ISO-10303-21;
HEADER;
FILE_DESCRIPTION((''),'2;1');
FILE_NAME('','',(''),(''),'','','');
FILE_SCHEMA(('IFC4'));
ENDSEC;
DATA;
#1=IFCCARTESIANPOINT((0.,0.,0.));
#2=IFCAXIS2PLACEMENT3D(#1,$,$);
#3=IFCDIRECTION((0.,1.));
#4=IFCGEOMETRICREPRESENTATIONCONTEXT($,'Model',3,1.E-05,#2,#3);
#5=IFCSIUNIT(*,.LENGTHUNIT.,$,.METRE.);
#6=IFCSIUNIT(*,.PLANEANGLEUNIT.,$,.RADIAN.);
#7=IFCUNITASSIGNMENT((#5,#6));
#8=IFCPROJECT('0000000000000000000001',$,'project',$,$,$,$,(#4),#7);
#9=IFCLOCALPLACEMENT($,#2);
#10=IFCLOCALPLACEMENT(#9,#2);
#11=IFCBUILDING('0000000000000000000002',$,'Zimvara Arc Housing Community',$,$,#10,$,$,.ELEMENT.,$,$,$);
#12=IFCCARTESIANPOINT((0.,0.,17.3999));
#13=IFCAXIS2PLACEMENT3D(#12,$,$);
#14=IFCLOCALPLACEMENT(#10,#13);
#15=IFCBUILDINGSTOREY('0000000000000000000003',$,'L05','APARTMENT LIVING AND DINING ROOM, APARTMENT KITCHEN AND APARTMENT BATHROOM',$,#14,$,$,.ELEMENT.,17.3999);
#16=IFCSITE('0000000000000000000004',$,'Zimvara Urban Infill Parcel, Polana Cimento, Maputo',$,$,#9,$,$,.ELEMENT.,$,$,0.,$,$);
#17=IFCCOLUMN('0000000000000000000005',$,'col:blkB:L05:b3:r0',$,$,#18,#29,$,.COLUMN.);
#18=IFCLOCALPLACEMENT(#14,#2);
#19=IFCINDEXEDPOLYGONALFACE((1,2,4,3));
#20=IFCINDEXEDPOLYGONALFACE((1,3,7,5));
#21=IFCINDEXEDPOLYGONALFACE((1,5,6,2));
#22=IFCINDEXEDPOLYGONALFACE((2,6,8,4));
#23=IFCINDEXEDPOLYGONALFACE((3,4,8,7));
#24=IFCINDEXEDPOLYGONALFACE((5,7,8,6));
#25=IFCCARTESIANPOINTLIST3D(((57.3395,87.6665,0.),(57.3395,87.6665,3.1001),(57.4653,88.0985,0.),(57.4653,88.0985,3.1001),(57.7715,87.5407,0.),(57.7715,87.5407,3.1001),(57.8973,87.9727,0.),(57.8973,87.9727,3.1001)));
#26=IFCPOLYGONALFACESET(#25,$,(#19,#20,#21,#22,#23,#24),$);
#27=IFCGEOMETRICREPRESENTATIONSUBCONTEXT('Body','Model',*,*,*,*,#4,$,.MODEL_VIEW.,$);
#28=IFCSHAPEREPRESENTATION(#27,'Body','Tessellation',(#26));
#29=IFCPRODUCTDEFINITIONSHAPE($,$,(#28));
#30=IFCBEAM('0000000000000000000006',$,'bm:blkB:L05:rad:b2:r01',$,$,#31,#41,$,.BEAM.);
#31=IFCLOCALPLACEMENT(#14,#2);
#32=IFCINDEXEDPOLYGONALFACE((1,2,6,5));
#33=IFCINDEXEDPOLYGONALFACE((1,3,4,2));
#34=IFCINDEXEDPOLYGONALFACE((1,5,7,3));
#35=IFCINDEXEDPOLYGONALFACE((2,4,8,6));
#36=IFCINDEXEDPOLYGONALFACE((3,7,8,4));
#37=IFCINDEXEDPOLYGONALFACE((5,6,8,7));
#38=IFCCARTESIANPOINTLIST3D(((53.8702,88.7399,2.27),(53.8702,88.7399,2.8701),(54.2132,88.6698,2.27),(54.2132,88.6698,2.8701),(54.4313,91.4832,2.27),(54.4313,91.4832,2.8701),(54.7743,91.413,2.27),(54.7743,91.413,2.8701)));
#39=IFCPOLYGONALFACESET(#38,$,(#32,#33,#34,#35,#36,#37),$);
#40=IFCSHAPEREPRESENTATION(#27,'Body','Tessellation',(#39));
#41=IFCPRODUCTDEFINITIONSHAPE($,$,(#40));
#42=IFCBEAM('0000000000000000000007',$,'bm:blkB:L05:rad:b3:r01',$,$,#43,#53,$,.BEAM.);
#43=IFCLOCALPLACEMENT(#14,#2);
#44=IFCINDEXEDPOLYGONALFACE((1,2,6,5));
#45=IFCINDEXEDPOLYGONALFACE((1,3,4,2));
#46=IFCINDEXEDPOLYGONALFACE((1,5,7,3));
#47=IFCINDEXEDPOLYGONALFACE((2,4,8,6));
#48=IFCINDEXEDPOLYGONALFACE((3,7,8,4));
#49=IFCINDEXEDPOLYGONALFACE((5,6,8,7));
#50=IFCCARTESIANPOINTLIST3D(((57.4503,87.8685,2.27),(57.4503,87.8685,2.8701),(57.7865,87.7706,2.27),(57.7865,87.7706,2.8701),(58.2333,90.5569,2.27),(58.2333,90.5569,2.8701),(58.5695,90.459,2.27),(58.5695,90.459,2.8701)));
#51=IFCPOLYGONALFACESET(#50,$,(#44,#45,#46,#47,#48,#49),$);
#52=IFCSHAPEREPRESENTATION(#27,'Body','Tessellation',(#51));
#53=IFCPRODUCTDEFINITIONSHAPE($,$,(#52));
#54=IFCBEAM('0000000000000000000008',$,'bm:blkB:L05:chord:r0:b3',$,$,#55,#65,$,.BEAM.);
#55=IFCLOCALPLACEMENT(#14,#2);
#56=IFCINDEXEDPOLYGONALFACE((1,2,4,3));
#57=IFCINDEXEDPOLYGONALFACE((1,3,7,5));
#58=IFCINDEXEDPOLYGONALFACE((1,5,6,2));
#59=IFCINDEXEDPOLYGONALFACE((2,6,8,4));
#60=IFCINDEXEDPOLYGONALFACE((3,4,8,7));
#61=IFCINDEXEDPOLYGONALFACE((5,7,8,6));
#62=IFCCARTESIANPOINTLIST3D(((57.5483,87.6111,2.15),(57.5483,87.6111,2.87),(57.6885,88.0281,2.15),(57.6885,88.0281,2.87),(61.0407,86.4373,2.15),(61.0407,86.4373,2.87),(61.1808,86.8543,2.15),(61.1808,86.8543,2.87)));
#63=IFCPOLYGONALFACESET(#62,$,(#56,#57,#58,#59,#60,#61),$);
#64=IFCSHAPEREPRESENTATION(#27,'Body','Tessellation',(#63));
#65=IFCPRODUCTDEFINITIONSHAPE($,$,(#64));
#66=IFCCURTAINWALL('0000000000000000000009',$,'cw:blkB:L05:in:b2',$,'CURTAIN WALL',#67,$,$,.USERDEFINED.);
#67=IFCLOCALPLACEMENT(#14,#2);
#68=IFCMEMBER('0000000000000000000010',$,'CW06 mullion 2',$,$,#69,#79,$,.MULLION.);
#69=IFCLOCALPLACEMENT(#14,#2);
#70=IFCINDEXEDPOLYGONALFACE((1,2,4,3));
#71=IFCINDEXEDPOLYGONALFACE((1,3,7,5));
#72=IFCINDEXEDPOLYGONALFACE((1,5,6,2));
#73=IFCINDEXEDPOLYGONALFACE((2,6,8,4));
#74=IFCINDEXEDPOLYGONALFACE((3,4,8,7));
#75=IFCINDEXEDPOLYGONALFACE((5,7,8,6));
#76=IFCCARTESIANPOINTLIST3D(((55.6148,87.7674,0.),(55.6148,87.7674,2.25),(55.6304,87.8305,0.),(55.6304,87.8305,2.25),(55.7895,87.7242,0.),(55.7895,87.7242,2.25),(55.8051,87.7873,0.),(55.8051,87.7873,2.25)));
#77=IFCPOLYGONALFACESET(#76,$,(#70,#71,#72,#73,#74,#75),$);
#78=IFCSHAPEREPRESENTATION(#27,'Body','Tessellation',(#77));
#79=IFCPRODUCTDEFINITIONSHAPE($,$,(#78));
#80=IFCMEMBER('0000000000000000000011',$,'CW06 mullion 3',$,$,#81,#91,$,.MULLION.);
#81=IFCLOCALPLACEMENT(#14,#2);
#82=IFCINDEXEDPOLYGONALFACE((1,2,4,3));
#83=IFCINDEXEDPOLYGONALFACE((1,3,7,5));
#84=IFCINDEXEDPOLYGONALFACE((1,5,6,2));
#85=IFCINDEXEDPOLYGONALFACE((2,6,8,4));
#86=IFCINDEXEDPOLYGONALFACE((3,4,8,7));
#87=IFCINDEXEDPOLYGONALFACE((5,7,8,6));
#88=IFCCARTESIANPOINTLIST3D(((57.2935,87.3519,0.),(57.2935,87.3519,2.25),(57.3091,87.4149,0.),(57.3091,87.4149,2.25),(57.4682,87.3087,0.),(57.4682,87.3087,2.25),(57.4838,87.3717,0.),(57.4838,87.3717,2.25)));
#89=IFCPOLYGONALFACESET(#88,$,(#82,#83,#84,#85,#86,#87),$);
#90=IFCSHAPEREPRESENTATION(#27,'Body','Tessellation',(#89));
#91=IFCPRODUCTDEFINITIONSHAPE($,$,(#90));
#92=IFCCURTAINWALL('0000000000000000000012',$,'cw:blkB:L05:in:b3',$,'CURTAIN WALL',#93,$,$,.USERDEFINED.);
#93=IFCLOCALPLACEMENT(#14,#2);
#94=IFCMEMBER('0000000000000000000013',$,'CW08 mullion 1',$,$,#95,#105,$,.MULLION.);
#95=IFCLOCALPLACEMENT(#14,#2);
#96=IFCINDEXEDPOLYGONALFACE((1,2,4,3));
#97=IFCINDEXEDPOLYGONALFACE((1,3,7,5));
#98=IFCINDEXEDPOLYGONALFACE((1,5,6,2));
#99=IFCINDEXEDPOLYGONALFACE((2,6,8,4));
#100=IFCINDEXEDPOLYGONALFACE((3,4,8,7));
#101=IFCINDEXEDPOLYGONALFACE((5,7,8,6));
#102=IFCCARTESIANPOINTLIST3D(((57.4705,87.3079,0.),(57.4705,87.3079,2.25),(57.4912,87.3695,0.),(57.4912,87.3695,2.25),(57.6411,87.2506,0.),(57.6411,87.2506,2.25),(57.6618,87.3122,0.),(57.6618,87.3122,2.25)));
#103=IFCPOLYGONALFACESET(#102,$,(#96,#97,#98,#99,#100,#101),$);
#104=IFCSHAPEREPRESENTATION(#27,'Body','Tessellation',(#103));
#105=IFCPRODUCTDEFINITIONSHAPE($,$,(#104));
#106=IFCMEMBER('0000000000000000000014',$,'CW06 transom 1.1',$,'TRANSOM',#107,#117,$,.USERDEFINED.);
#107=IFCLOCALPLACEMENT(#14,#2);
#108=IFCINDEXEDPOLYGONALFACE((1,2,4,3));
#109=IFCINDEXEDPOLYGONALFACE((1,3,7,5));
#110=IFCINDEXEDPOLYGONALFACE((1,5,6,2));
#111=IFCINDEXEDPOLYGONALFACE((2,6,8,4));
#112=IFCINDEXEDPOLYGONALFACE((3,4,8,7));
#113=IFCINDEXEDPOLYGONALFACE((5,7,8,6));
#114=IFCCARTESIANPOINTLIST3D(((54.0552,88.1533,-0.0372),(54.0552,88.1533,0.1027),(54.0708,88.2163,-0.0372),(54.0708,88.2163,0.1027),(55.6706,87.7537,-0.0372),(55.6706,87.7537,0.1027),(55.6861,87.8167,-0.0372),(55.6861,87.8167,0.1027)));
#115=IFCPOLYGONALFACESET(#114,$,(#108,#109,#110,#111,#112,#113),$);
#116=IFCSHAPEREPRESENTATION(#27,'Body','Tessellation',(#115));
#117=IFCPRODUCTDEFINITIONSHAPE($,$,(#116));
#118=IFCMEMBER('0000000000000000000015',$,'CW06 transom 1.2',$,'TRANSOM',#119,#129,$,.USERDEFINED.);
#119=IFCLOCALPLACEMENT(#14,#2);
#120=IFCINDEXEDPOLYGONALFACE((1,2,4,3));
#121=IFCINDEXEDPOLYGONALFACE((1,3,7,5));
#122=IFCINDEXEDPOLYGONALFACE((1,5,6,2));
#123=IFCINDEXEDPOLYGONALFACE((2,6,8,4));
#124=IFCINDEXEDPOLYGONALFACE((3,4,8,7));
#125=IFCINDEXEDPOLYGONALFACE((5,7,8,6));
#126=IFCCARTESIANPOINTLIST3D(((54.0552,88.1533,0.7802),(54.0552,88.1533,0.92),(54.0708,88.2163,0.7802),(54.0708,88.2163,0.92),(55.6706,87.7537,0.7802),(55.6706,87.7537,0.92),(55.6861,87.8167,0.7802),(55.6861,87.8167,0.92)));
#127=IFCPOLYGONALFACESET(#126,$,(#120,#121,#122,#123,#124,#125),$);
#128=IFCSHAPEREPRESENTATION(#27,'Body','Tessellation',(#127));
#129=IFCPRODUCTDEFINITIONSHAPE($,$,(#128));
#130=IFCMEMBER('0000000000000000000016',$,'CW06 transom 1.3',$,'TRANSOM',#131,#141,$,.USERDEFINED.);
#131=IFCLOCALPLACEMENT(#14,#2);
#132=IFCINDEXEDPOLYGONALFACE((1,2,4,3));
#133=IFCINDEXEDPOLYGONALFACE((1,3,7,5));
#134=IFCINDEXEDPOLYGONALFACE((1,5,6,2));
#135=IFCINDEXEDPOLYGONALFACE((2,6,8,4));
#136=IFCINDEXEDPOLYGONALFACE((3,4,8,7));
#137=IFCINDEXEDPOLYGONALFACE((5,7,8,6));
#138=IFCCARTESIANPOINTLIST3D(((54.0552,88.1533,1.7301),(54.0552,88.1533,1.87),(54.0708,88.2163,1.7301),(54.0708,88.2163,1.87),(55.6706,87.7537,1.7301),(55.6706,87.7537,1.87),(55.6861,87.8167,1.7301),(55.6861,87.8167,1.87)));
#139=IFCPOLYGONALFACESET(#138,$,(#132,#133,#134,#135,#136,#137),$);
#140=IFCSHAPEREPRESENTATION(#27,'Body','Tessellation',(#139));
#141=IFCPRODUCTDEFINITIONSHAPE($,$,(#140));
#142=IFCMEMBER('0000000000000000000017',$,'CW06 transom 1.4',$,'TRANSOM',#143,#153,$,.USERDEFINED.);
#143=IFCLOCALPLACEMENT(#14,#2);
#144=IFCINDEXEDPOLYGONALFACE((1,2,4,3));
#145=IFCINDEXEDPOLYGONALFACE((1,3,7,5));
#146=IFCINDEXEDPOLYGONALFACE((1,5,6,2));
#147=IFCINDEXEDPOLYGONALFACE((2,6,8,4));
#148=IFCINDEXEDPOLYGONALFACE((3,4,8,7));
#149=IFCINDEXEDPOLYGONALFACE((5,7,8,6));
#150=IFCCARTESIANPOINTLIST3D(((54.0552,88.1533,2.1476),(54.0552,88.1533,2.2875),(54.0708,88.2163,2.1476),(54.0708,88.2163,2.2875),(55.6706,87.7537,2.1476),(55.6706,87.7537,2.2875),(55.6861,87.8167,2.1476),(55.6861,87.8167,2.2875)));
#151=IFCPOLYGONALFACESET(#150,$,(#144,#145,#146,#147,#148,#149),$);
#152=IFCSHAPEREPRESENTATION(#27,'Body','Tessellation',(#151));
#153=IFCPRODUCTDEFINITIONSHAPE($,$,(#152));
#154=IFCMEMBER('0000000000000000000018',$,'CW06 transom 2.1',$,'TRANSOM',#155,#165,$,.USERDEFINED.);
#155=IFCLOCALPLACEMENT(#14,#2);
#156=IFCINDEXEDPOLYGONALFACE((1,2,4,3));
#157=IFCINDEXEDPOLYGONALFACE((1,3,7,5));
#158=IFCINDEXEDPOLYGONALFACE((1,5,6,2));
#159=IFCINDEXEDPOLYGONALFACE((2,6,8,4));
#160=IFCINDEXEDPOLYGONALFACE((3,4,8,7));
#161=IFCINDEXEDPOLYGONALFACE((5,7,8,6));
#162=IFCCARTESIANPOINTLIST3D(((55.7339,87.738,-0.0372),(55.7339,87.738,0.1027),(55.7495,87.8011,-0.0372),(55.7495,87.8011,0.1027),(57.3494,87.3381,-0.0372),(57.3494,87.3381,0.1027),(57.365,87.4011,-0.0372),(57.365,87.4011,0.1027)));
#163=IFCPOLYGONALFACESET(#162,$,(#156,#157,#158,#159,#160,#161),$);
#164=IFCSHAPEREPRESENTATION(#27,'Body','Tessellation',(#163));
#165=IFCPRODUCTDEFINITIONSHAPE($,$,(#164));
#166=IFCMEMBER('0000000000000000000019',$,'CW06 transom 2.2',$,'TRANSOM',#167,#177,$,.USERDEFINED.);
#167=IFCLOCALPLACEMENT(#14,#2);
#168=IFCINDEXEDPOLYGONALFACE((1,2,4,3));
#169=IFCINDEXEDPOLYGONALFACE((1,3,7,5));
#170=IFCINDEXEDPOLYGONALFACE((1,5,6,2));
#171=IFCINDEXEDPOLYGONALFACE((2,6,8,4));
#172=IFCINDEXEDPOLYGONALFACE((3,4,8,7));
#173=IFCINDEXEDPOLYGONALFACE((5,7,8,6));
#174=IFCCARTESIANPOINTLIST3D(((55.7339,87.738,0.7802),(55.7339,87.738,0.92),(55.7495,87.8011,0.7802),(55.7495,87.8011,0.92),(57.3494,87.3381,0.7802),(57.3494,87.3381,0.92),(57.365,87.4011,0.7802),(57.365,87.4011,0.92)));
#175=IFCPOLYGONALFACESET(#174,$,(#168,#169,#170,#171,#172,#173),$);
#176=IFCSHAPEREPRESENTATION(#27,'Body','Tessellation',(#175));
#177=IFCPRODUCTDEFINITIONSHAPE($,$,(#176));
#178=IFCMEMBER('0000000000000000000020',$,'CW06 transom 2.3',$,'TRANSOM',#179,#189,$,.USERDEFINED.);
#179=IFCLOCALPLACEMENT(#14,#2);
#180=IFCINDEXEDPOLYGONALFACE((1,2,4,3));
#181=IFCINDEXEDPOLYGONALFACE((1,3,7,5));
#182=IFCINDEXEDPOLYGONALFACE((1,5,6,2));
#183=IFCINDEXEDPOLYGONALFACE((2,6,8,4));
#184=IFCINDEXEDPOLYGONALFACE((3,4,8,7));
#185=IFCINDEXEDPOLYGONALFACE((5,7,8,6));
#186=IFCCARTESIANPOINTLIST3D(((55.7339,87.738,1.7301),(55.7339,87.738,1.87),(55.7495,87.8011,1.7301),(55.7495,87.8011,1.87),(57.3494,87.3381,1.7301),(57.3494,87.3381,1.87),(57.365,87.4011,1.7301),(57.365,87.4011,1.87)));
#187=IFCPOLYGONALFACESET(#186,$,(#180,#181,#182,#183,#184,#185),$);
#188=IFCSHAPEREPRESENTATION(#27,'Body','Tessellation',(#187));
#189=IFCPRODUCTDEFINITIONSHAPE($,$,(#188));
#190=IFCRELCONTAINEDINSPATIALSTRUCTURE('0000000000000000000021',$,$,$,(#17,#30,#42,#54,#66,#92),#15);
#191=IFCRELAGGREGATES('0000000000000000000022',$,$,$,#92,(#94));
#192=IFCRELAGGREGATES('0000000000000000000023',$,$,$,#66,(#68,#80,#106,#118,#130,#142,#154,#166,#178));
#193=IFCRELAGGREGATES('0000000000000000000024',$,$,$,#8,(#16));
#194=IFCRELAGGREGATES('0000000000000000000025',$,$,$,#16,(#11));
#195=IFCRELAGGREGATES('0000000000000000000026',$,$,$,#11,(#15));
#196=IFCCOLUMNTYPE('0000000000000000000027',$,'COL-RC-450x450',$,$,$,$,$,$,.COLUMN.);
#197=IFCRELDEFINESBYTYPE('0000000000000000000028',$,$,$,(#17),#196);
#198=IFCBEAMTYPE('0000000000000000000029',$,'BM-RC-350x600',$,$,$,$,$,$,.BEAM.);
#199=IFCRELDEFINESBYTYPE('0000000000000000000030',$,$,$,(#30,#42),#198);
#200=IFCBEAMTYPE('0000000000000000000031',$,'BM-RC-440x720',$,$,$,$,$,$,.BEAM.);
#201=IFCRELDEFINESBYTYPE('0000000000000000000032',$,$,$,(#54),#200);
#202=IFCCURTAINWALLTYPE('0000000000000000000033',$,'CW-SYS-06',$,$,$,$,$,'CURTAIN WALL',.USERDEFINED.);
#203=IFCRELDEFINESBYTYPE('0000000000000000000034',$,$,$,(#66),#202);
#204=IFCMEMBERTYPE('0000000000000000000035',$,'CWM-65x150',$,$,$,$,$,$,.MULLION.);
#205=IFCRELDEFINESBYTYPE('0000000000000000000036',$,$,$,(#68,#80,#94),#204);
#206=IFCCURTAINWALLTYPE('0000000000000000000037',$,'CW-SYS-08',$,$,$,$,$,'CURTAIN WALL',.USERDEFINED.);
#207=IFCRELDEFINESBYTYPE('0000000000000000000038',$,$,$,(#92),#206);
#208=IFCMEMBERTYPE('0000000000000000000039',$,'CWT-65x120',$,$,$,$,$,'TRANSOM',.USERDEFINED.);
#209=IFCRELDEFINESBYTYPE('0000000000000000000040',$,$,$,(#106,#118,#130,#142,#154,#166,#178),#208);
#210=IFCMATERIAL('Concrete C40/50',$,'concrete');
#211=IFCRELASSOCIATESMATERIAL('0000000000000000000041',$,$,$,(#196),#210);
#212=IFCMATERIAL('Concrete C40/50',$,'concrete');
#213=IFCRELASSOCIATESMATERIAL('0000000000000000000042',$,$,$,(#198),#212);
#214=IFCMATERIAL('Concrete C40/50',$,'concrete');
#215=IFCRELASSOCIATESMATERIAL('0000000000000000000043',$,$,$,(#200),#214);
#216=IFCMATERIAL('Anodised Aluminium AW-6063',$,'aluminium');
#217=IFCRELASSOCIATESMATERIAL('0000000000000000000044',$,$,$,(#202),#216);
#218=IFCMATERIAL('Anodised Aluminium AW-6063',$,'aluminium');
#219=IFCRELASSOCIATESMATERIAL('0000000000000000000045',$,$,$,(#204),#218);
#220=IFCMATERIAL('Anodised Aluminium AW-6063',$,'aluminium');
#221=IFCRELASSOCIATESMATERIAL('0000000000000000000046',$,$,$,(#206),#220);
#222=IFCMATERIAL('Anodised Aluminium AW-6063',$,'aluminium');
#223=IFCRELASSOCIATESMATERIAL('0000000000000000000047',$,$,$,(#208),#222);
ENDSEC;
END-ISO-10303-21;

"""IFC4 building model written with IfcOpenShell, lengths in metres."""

from ifc_helpers import new_model, si_unit, direction, frame, origin, origin_2d, place, context, subcontext, project, spatial, rectangle, extrude, material, material_profile, profile_set, type_object, element, aggregate, save


model = new_model("IFC4")

# Units and contexts
model_context = context("Model", 3, precision=1e-05, world=origin(), true_north=direction((0.0, 1.0)))
body_context = subcontext(model_context, "Body", "Model", "MODEL_VIEW")
ifc_project = project(units=[si_unit("LENGTHUNIT", "METRE"), si_unit("PLANEANGLEUNIT", "RADIAN")], contexts=[model_context])

# Site, building, storey
site_placement = place(None, origin())
site = spatial("IfcSite", under=ifc_project, at=site_placement, Name="Zimvara Urban Infill Parcel, Polana Cimento, Maputo", CompositionType="ELEMENT", RefElevation=0.0)
building_placement = place(site_placement, origin())
building = spatial("IfcBuilding", under=site, at=building_placement, Name="Zimvara Arc Housing Community", CompositionType="ELEMENT")
storey_placement = place(building_placement, frame((0.0, 0.0, 17.3999)))
storey = spatial("IfcBuildingStorey", under=building, at=storey_placement, Name="L05", Description="APARTMENT LIVING AND DINING ROOM, APARTMENT KITCHEN AND APARTMENT BATHROOM", CompositionType="ELEMENT", Elevation=17.3999)

# Column
ifc_material_1 = material(Name="Concrete C40/50", Category="concrete")
ifc_material_profile_1 = material_profile(ifc_material_1, rectangle(XDim=0.45, YDim=0.45, at=origin_2d()), Name="RC 450x450")
ifc_profile_set_1 = profile_set([ifc_material_profile_1], Name="Concrete C40/50")
column_type = type_object("IfcColumnType", Name="COL-RC-450x450", PredefinedType="COLUMN", material=ifc_profile_set_1)
column_placement = place(storey_placement, frame((57.6184, 87.8196, 0.0), z_axis=(0.0, 0.0, 1.0), x_axis=(0.279661, 0.960099, 0.0)))
element("IfcColumn", 1, at=column_placement, inside=storey, type_object=column_type, Name="col:blkB:L05:b3:r0", PredefinedType="COLUMN", context=body_context, shape_type="SweptSolid", body=[
    extrude(rectangle(XDim=0.45, YDim=0.45, at=origin_2d()), origin(), (0.0, 0.0, 1.0), 3.1001),
])

# Beams
ifc_material_2 = material(Name="Concrete C40/50", Category="concrete")
ifc_material_profile_2 = material_profile(ifc_material_2, rectangle(XDim=0.3501, YDim=0.6001, at=origin_2d()), Name="RC 350x600")
ifc_profile_set_2 = profile_set([ifc_material_profile_2], Name="Concrete C40/50")
beam_type_1 = type_object("IfcBeamType", Name="BM-RC-350x600", PredefinedType="BEAM", material=ifc_profile_set_2)
for number, where, z_axis, x_axis, name in (
    (2, (54.0417, 88.7048, 2.5701), (0.200373, 0.97972, 0.0), (-0.97972, 0.200373, 0.0), "bm:blkB:L05:rad:b2:r01"),
    (3, (57.6184, 87.8196, 2.5701), (0.279635, 0.960106, 0.0), (-0.960106, 0.279635, 0.0), "bm:blkB:L05:rad:b3:r01"),
):
    element("IfcBeam", number, at=place(storey_placement, frame(where, z_axis=z_axis, x_axis=x_axis)), inside=storey, type_object=beam_type_1, Name=name, PredefinedType="BEAM", context=body_context, shape_type="SweptSolid", body=[
        extrude(rectangle(XDim=0.3501, YDim=0.6001, at=origin_2d()), origin(), (0.0, 0.0, 1.0), 2.8),
    ])
ifc_material_3 = material(Name="Concrete C40/50", Category="concrete")
ifc_material_profile_3 = material_profile(ifc_material_3, rectangle(XDim=0.4399, YDim=0.72, at=origin_2d()), Name="RC 440x720")
ifc_profile_set_3 = profile_set([ifc_material_profile_3], Name="Concrete C40/50")
beam_type_2 = type_object("IfcBeamType", Name="BM-RC-440x720", PredefinedType="BEAM", material=ifc_profile_set_3)
beam_placement = place(storey_placement, frame((57.6184, 87.8196, 2.51), z_axis=(0.947892, -0.318592, 0.0), x_axis=(0.318592, 0.947892, 0.0)))
element("IfcBeam", 4, at=beam_placement, inside=storey, type_object=beam_type_2, Name="bm:blkB:L05:chord:r0:b3", PredefinedType="BEAM", context=body_context, shape_type="SweptSolid", body=[
    extrude(rectangle(XDim=0.4399, YDim=0.72, at=origin_2d()), origin(), (0.0, 0.0, 1.0), 3.6843),
])

# Curtain wall, members
ifc_material_4 = material(Name="Anodised Aluminium AW-6063", Category="aluminium")
curtain_wall_type_1 = type_object("IfcCurtainWallType", Name="CW-SYS-06", ElementType="CURTAIN WALL", PredefinedType="USERDEFINED", material=ifc_material_4)
curtain_wall_1_placement = place(storey_placement, origin())
curtain_wall_1 = element("IfcCurtainWall", 5, at=curtain_wall_1_placement, inside=storey, type_object=curtain_wall_type_1, Name="cw:blkB:L05:in:b2", ObjectType="CURTAIN WALL", PredefinedType="USERDEFINED")
ifc_material_5 = material(Name="Anodised Aluminium AW-6063", Category="aluminium")
ifc_material_profile_4 = material_profile(ifc_material_5, rectangle(XDim=0.0649, YDim=0.1799, at=origin_2d()), Name="ALU 65x180")
ifc_profile_set_4 = profile_set([ifc_material_profile_4], Name="Anodised Aluminium AW-6063")
member_type_1 = type_object("IfcMemberType", Name="CWM-65x150", PredefinedType="MULLION", material=ifc_profile_set_4)
member_1_placement = place(storey_placement, frame((55.71, 87.7773, 0.0), z_axis=(0.0, 0.0, 1.0), x_axis=(0.240228, 0.970717, 0.0)))
member_1 = element("IfcMember", 6, at=member_1_placement, type_object=member_type_1, Name="CW06 mullion 2", PredefinedType="MULLION", context=body_context, shape_type="SweptSolid", body=[
    extrude(rectangle(XDim=0.0649, YDim=0.1799, at=origin_2d()), origin(), (0.0, 0.0, 1.0), 2.25),
])
member_2_placement = place(storey_placement, frame((57.3887, 87.3618, 0.0), z_axis=(0.0, 0.0, 1.0), x_axis=(0.240228, 0.970717, 0.0)))
member_2 = element("IfcMember", 7, at=member_2_placement, type_object=member_type_1, Name="CW06 mullion 3", PredefinedType="MULLION", context=body_context, shape_type="SweptSolid", body=[
    extrude(rectangle(XDim=0.0649, YDim=0.1799, at=origin_2d()), origin(), (0.0, 0.0, 1.0), 2.25),
])

# Curtain wall, member
ifc_material_6 = material(Name="Anodised Aluminium AW-6063", Category="aluminium")
curtain_wall_type_2 = type_object("IfcCurtainWallType", Name="CW-SYS-08", ElementType="CURTAIN WALL", PredefinedType="USERDEFINED", material=ifc_material_6)
curtain_wall_2_placement = place(storey_placement, origin())
curtain_wall_2 = element("IfcCurtainWall", 8, at=curtain_wall_2_placement, inside=storey, type_object=curtain_wall_type_2, Name="cw:blkB:L05:in:b3", ObjectType="CURTAIN WALL", PredefinedType="USERDEFINED")
member_3_placement = place(storey_placement, frame((57.5662, 87.3101, 0.0), z_axis=(0.0, 0.0, 1.0), x_axis=(0.31863, 0.947879, 0.0)))
member_3 = element("IfcMember", 9, at=member_3_placement, type_object=member_type_1, Name="CW08 mullion 1", PredefinedType="MULLION", context=body_context, shape_type="SweptSolid", body=[
    extrude(rectangle(XDim=0.0649, YDim=0.1799, at=origin_2d()), origin(), (0.0, 0.0, 1.0), 2.25),
])

# Members
ifc_material_7 = material(Name="Anodised Aluminium AW-6063", Category="aluminium")
ifc_material_profile_5 = material_profile(ifc_material_7, rectangle(XDim=0.0649, YDim=0.1399, at=origin_2d()), Name="ALU 65x140")
ifc_profile_set_5 = profile_set([ifc_material_profile_5], Name="Anodised Aluminium AW-6063")
member_type_2 = type_object("IfcMemberType", Name="CWT-65x120", ElementType="TRANSOM", PredefinedType="USERDEFINED", material=ifc_profile_set_5)
member_4_placement = place(storey_placement, frame((54.063, 88.1848, 0.0327), z_axis=(0.970735, -0.240153, 0.0), x_axis=(0.240153, 0.970735, 0.0)))
member_4 = element("IfcMember", 10, at=member_4_placement, type_object=member_type_2, Name="CW06 transom 1.1", ObjectType="TRANSOM", PredefinedType="USERDEFINED", context=body_context, shape_type="SweptSolid", body=[
    extrude(rectangle(XDim=0.0649, YDim=0.1399, at=origin_2d()), origin(), (0.0, 0.0, 1.0), 1.6641),
])
member_5_placement = place(storey_placement, frame((54.063, 88.1848, 0.8501), z_axis=(0.970735, -0.240153, 0.0), x_axis=(0.240153, 0.970735, 0.0)))
member_5 = element("IfcMember", 11, at=member_5_placement, type_object=member_type_2, Name="CW06 transom 1.2", ObjectType="TRANSOM", PredefinedType="USERDEFINED", context=body_context, shape_type="SweptSolid", body=[
    extrude(rectangle(XDim=0.0649, YDim=0.1399, at=origin_2d()), origin(), (0.0, 0.0, 1.0), 1.6641),
])
member_6_placement = place(storey_placement, frame((54.063, 88.1848, 1.8), z_axis=(0.970735, -0.240153, 0.0), x_axis=(0.240153, 0.970735, 0.0)))
member_6 = element("IfcMember", 12, at=member_6_placement, type_object=member_type_2, Name="CW06 transom 1.3", ObjectType="TRANSOM", PredefinedType="USERDEFINED", context=body_context, shape_type="SweptSolid", body=[
    extrude(rectangle(XDim=0.0649, YDim=0.1399, at=origin_2d()), origin(), (0.0, 0.0, 1.0), 1.6641),
])
member_7_placement = place(storey_placement, frame((54.063, 88.1848, 2.2175), z_axis=(0.970735, -0.240153, 0.0), x_axis=(0.240153, 0.970735, 0.0)))
member_7 = element("IfcMember", 13, at=member_7_placement, type_object=member_type_2, Name="CW06 transom 1.4", ObjectType="TRANSOM", PredefinedType="USERDEFINED", context=body_context, shape_type="SweptSolid", body=[
    extrude(rectangle(XDim=0.0649, YDim=0.1399, at=origin_2d()), origin(), (0.0, 0.0, 1.0), 1.6641),
])
member_8_placement = place(storey_placement, frame((55.7417, 87.7695, 0.0327), z_axis=(0.970701, -0.240291, 0.0), x_axis=(0.240291, 0.970701, 0.0)))
member_8 = element("IfcMember", 14, at=member_8_placement, type_object=member_type_2, Name="CW06 transom 2.1", ObjectType="TRANSOM", PredefinedType="USERDEFINED", context=body_context, shape_type="SweptSolid", body=[
    extrude(rectangle(XDim=0.0649, YDim=0.1399, at=origin_2d()), origin(), (0.0, 0.0, 1.0), 1.6643),
])
member_9_placement = place(storey_placement, frame((55.7417, 87.7695, 0.8501), z_axis=(0.970701, -0.240291, 0.0), x_axis=(0.240291, 0.970701, 0.0)))
member_9 = element("IfcMember", 15, at=member_9_placement, type_object=member_type_2, Name="CW06 transom 2.2", ObjectType="TRANSOM", PredefinedType="USERDEFINED", context=body_context, shape_type="SweptSolid", body=[
    extrude(rectangle(XDim=0.0649, YDim=0.1399, at=origin_2d()), origin(), (0.0, 0.0, 1.0), 1.6643),
])
member_10_placement = place(storey_placement, frame((55.7417, 87.7695, 1.8), z_axis=(0.970701, -0.240291, 0.0), x_axis=(0.240291, 0.970701, 0.0)))
member_10 = element("IfcMember", 16, at=member_10_placement, type_object=member_type_2, Name="CW06 transom 2.3", ObjectType="TRANSOM", PredefinedType="USERDEFINED", context=body_context, shape_type="SweptSolid", body=[
    extrude(rectangle(XDim=0.0649, YDim=0.1399, at=origin_2d()), origin(), (0.0, 0.0, 1.0), 1.6643),
])

aggregate(curtain_wall_2, [member_3])
aggregate(curtain_wall_1, [member_1, member_2, member_4, member_5, member_6, member_7, member_8, member_9, member_10])

save(model, "model.ifc")
